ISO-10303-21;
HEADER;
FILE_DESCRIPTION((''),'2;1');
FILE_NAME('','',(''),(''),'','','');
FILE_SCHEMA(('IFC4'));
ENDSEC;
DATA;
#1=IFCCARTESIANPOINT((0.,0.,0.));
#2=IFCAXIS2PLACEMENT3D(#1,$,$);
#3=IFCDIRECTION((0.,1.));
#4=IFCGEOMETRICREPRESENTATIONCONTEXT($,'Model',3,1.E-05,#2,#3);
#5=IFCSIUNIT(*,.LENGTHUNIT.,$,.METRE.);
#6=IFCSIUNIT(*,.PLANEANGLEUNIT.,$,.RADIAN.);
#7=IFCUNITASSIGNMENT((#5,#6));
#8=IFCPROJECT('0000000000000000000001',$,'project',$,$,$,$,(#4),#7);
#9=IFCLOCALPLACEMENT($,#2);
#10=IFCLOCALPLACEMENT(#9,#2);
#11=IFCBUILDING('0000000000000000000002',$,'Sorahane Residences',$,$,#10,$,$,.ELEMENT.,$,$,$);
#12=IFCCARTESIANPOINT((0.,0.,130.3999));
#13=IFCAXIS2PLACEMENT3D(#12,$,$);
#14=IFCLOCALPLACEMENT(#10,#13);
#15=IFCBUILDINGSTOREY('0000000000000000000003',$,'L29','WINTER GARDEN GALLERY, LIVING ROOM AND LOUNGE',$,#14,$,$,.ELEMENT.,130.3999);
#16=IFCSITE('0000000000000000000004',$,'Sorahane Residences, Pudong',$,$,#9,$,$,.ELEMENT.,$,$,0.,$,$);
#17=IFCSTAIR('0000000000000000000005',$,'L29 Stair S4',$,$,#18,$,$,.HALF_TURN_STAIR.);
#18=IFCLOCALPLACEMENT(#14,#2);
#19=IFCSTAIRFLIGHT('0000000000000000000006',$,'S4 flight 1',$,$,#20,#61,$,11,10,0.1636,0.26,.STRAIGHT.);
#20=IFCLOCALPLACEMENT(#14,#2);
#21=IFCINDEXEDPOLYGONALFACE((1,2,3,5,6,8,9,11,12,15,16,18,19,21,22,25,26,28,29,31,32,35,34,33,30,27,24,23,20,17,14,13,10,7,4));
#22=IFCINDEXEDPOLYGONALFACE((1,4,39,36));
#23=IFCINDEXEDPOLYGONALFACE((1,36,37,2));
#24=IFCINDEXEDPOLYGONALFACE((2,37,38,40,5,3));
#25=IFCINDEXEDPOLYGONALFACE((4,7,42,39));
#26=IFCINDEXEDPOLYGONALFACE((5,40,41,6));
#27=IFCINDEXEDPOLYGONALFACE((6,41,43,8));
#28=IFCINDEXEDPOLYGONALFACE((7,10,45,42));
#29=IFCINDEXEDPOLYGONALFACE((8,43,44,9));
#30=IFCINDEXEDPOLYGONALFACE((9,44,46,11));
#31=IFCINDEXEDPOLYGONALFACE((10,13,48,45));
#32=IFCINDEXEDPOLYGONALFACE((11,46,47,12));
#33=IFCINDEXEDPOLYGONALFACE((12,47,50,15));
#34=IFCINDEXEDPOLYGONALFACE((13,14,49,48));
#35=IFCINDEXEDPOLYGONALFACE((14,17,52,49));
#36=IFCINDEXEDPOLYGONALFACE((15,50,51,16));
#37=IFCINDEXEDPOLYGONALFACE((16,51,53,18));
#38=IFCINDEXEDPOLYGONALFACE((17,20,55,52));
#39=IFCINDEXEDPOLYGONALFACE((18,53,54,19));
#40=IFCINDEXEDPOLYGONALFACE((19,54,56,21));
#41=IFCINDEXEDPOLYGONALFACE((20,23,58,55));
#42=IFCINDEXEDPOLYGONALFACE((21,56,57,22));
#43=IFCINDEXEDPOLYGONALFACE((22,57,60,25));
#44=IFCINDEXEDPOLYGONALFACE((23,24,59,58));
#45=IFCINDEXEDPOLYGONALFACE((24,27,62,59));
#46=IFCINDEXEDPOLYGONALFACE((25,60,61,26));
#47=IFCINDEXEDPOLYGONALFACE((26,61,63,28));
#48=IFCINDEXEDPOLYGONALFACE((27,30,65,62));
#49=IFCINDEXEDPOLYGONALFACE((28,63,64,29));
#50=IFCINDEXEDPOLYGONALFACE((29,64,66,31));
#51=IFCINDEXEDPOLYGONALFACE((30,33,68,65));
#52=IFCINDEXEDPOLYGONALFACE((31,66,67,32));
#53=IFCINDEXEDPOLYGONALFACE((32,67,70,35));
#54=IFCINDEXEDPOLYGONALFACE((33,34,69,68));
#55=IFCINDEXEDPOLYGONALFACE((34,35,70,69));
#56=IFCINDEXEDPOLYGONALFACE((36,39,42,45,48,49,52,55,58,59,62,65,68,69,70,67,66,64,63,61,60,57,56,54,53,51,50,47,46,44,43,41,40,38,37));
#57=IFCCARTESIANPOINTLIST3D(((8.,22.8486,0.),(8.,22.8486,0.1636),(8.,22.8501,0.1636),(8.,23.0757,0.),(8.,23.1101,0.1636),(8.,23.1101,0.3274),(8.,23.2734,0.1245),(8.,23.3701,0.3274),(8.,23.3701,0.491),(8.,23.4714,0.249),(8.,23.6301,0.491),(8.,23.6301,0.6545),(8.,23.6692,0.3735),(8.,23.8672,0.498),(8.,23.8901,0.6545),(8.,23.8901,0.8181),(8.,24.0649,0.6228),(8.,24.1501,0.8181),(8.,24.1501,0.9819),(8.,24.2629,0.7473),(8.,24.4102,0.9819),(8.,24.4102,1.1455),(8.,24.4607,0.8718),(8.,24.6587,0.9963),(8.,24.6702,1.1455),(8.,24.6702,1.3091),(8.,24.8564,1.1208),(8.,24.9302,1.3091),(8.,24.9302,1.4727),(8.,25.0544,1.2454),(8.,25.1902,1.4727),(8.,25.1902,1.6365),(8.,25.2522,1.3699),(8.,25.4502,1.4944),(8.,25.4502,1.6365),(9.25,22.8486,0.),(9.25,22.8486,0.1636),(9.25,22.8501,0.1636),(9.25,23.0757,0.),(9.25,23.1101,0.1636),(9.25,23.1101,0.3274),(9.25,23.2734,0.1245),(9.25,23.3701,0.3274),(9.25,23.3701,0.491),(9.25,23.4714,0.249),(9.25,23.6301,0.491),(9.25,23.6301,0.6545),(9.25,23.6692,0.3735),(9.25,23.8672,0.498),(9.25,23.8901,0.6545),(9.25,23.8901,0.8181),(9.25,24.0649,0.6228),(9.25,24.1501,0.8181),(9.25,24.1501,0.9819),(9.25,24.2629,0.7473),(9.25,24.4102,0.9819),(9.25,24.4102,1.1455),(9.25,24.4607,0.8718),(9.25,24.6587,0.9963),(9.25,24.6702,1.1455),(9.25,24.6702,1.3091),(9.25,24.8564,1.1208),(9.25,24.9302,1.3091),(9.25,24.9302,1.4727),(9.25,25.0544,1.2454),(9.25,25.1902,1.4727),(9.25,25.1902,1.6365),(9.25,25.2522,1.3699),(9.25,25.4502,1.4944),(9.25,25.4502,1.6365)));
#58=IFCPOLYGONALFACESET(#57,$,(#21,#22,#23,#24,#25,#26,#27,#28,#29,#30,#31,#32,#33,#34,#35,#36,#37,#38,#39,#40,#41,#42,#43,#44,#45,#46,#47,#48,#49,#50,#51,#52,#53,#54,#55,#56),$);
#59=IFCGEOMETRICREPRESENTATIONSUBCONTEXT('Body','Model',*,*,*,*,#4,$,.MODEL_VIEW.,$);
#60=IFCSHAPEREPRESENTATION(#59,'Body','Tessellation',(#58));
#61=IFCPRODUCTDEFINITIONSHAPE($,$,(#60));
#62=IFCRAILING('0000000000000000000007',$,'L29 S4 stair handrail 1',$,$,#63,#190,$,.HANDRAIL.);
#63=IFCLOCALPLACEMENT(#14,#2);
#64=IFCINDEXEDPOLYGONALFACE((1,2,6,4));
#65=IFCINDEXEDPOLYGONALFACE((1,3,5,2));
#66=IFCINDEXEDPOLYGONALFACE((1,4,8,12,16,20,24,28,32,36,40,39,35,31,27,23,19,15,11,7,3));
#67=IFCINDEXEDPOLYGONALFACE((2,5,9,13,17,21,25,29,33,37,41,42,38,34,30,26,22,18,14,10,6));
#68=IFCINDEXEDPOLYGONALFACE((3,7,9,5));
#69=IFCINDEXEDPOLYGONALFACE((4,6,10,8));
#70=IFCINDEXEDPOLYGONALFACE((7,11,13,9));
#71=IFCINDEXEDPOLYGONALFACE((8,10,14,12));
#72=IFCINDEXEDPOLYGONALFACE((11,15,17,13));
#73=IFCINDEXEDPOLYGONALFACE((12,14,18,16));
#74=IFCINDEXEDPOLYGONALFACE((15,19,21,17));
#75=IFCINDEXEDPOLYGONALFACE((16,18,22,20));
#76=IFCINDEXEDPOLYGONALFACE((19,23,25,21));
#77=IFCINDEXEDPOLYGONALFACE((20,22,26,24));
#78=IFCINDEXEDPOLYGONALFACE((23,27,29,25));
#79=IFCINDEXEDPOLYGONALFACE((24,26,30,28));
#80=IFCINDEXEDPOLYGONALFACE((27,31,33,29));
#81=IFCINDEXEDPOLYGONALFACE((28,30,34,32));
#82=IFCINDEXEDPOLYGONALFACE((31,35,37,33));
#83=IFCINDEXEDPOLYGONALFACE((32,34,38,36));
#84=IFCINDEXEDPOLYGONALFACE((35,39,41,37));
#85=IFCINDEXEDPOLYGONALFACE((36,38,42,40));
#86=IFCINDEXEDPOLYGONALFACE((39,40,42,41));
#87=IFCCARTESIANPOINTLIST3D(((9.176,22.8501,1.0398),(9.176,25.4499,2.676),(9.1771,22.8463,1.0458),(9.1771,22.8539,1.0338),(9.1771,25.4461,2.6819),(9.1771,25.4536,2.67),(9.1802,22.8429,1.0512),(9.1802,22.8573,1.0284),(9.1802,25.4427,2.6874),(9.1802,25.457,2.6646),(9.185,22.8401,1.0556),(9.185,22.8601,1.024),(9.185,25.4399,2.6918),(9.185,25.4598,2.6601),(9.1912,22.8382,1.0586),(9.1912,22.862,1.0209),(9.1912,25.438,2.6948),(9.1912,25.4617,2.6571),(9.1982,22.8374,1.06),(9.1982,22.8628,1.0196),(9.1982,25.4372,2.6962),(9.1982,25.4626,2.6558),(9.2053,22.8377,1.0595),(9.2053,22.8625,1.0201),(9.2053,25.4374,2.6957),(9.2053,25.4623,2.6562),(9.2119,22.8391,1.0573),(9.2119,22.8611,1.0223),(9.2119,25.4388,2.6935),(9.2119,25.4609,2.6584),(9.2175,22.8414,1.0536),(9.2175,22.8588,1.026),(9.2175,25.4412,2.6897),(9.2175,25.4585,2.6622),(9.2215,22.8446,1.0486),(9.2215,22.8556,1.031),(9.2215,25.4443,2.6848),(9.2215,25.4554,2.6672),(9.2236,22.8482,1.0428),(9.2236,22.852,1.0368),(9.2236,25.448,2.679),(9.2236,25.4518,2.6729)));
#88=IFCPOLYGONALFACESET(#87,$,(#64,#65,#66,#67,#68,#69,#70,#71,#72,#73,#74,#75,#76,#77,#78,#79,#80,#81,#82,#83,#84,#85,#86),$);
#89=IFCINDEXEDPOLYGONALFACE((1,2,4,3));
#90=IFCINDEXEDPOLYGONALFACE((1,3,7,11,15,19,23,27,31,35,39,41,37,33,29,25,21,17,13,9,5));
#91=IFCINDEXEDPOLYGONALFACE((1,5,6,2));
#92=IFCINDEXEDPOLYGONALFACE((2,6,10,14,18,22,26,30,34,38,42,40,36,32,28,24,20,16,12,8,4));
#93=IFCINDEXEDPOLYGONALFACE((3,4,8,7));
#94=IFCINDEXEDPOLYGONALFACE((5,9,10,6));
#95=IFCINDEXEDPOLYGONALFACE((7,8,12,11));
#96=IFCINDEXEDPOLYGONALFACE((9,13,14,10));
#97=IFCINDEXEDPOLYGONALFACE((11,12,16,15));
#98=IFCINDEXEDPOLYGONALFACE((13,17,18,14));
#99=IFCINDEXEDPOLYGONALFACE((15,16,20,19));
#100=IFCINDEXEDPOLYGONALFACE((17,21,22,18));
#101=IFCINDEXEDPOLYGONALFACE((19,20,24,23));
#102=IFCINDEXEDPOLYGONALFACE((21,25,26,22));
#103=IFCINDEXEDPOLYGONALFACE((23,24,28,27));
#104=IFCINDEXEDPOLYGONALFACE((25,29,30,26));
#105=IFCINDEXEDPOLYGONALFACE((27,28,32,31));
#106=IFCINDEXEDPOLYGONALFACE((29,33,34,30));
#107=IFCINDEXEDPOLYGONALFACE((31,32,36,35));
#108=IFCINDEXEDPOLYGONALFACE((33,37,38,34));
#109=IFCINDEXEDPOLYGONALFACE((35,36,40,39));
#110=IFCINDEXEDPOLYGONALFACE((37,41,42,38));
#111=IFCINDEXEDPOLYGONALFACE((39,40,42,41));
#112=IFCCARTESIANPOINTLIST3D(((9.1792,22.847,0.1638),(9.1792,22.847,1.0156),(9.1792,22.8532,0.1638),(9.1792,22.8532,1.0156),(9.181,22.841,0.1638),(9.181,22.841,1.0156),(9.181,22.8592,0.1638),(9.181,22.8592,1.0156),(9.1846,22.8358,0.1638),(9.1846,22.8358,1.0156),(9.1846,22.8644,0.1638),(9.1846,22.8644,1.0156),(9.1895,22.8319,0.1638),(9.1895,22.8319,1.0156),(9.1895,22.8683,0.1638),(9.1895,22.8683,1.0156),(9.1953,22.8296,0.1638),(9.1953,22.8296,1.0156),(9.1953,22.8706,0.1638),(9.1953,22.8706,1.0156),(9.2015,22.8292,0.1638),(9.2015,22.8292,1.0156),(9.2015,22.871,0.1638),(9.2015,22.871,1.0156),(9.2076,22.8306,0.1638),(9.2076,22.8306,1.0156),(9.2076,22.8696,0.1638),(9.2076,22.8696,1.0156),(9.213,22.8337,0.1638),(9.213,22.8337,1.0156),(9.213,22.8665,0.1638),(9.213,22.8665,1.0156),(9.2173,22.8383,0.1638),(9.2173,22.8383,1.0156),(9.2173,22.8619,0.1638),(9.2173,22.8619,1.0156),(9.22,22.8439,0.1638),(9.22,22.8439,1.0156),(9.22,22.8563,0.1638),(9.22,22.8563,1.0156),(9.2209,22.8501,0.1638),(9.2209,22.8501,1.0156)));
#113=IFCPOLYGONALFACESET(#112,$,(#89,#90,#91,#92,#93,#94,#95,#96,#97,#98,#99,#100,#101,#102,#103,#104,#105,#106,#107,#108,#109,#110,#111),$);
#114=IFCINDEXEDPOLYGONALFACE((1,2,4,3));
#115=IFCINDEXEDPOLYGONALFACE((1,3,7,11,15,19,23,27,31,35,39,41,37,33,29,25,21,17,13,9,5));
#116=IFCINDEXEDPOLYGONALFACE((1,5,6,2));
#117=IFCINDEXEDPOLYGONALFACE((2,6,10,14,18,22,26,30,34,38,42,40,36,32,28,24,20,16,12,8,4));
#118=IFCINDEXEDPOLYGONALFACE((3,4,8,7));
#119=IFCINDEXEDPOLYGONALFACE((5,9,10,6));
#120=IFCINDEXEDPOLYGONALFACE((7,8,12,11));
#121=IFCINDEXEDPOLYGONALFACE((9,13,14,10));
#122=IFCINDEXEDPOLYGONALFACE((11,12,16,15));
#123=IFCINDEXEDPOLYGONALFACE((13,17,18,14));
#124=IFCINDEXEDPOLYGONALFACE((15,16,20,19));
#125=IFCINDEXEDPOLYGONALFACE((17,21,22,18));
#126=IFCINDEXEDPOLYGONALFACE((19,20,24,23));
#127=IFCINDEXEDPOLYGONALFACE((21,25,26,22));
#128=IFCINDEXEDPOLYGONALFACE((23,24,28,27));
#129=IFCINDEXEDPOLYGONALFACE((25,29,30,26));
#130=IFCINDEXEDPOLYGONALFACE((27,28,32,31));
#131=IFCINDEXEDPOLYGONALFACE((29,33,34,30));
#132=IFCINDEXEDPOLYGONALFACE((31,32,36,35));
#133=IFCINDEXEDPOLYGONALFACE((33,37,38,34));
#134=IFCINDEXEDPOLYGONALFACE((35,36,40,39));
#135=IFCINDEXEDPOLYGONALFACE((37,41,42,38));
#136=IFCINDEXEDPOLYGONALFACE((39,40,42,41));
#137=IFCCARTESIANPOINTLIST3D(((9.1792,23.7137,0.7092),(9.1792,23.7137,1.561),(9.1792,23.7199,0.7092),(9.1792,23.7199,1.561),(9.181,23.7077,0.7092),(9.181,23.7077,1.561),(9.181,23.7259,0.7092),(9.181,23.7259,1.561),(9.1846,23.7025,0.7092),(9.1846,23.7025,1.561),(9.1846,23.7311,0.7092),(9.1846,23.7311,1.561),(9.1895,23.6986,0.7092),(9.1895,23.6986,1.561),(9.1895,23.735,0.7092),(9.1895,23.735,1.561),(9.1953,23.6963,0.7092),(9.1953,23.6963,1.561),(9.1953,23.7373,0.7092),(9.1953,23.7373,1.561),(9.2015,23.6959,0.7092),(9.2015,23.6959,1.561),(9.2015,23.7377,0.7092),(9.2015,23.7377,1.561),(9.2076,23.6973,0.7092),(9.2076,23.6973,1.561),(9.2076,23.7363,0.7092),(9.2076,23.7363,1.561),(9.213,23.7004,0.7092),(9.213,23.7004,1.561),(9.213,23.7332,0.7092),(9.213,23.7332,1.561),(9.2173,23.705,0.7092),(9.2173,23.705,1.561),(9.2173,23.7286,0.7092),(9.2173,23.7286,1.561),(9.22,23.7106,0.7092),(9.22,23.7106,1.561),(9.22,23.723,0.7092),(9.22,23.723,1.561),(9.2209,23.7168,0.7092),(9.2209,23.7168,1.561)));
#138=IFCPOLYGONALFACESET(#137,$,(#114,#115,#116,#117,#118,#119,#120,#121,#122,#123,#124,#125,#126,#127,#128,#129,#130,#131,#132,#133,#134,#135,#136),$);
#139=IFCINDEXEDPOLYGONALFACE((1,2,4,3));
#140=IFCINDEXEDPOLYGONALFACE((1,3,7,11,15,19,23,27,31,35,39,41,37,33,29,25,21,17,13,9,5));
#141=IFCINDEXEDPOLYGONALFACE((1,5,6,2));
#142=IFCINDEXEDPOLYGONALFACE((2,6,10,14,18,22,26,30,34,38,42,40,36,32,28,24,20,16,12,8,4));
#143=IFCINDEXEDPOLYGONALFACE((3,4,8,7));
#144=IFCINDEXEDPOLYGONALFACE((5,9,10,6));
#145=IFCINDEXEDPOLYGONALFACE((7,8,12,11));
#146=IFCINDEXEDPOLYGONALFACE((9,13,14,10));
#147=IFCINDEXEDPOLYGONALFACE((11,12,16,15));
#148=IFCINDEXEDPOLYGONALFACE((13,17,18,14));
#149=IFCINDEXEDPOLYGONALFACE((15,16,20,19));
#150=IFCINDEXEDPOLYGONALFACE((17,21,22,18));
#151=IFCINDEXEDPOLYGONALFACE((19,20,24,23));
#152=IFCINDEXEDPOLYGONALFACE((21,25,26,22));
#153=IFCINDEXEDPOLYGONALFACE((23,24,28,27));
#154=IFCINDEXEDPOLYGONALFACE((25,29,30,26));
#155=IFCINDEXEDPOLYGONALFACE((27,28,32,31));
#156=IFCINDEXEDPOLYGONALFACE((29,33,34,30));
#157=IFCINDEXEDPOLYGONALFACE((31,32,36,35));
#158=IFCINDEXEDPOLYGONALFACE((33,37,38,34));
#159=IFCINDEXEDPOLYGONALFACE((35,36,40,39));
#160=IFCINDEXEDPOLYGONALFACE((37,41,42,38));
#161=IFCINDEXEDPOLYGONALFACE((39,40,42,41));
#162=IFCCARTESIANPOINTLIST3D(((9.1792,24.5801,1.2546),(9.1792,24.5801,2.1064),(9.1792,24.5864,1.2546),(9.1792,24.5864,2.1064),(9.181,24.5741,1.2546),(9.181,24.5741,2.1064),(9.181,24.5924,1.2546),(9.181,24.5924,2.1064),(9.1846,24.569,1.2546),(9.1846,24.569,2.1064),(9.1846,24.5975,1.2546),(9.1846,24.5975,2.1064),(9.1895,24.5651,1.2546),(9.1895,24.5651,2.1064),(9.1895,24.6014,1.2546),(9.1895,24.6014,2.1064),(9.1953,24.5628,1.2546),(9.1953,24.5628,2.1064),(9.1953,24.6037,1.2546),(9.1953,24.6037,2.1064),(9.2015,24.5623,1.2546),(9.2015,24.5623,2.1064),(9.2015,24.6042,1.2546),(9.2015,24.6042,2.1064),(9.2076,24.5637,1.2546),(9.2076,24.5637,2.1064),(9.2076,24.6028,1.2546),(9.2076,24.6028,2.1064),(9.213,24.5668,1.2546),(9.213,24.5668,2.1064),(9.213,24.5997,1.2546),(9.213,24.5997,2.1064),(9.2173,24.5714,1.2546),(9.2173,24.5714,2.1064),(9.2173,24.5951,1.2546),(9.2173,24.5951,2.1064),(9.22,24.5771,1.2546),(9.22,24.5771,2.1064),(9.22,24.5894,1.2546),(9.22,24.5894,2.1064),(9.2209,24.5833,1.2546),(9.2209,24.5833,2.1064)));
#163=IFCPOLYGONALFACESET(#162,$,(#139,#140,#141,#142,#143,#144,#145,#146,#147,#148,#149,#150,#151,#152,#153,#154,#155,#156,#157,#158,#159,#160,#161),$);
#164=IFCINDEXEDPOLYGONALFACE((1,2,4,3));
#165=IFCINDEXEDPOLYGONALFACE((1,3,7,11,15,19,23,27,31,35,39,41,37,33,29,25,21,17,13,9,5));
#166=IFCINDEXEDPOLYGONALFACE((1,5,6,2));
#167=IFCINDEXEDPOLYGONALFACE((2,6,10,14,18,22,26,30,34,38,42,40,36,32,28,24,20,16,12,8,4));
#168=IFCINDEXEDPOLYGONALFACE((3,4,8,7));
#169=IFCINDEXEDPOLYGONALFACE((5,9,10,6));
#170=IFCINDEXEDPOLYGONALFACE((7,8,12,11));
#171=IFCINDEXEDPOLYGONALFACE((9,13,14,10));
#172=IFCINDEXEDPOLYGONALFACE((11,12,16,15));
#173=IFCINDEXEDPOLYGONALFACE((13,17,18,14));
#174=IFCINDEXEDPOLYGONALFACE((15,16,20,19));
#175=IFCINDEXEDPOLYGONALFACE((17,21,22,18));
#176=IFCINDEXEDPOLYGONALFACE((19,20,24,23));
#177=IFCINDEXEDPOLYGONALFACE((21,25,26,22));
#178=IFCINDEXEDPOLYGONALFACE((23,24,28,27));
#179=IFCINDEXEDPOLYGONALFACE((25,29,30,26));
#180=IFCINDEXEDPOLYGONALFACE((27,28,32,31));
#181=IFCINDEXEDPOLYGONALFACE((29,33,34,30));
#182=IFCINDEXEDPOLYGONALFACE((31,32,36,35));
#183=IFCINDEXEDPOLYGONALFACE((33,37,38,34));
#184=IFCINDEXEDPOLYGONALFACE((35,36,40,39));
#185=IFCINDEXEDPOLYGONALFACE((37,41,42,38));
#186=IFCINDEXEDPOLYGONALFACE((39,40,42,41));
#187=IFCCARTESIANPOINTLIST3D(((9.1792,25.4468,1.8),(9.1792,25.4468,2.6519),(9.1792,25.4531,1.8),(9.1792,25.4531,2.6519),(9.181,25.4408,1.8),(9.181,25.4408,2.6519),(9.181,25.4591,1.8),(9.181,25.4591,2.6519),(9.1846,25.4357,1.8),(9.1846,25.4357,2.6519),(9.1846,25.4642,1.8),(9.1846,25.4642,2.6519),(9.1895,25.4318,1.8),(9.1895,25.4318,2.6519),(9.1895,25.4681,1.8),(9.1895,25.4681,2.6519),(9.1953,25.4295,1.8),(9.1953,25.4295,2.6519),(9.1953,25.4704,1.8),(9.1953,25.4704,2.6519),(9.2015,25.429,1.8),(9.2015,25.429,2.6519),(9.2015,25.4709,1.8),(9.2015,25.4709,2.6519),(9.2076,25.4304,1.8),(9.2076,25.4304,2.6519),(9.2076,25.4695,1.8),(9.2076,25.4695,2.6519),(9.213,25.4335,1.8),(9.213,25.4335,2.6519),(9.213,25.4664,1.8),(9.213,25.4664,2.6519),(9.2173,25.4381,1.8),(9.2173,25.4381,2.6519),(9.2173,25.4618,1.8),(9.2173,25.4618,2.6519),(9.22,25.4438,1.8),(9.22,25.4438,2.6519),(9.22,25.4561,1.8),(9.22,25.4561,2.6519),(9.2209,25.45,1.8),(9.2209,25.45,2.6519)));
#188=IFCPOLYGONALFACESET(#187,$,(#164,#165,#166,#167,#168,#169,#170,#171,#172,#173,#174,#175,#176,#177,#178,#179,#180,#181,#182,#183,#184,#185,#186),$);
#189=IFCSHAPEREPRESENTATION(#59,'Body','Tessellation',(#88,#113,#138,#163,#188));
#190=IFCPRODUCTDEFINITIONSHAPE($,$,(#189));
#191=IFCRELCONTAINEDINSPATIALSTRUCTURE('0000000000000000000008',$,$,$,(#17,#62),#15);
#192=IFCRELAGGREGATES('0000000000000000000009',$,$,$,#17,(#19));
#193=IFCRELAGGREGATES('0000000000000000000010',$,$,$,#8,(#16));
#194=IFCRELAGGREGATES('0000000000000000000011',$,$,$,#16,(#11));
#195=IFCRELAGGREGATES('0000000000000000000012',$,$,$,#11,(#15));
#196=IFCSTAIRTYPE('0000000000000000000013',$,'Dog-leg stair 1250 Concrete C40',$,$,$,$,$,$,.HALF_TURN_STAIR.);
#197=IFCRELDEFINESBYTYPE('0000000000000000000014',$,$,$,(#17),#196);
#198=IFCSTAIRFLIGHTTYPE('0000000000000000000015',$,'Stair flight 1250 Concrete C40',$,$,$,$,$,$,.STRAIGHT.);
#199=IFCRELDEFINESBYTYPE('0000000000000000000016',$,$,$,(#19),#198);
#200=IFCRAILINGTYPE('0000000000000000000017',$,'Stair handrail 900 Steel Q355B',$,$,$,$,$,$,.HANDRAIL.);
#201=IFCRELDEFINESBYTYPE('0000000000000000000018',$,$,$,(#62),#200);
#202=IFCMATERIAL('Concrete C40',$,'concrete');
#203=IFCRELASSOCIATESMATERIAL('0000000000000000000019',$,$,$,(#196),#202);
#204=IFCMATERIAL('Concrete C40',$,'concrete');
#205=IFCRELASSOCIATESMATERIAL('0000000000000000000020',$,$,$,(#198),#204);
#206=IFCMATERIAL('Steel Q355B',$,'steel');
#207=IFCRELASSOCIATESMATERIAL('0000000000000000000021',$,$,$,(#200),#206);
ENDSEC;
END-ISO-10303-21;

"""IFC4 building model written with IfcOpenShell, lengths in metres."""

from ifc_helpers import new_model, si_unit, direction, frame, origin, origin_2d, place, context, subcontext, project, spatial, polyline, circle, outline, extrude, material, type_object, element, aggregate, save


model = new_model("IFC4")

# Units and contexts
model_context = context("Model", 3, precision=1e-05, world=origin(), true_north=direction((0.0, 1.0)))
body_context = subcontext(model_context, "Body", "Model", "MODEL_VIEW")
ifc_project = project(units=[si_unit("LENGTHUNIT", "METRE"), si_unit("PLANEANGLEUNIT", "RADIAN")], contexts=[model_context])

# Site, building, storey
site_placement = place(None, origin())
site = spatial("IfcSite", under=ifc_project, at=site_placement, Name="Sorahane Residences, Pudong", CompositionType="ELEMENT", RefElevation=0.0)
building_placement = place(site_placement, origin())
building = spatial("IfcBuilding", under=site, at=building_placement, Name="Sorahane Residences", CompositionType="ELEMENT")
storey_placement = place(building_placement, frame((0.0, 0.0, 130.3999)))
storey = spatial("IfcBuildingStorey", under=building, at=storey_placement, Name="L29", Description="WINTER GARDEN GALLERY, LIVING ROOM AND LOUNGE", CompositionType="ELEMENT", Elevation=130.3999)

# Stair, stair flight
ifc_material_1 = material(Name="Concrete C40", Category="concrete")
stair_type = type_object("IfcStairType", Name="Dog-leg stair 1250 Concrete C40", PredefinedType="HALF_TURN_STAIR", material=ifc_material_1)
stair_placement = place(storey_placement, origin())
stair = element("IfcStair", 1, at=stair_placement, inside=storey, type_object=stair_type, Name="L29 Stair S4", PredefinedType="HALF_TURN_STAIR")
ifc_material_2 = material(Name="Concrete C40", Category="concrete")
stair_flight_type = type_object("IfcStairFlightType", Name="Stair flight 1250 Concrete C40", PredefinedType="STRAIGHT", material=ifc_material_2)
stair_flight_placement = place(storey_placement, frame((8.625, 22.8501, 0.0), z_axis=(0.0, 0.0, 1.0), x_axis=(0.0, 1.0, 0.0)))
stair_flight = element("IfcStairFlight", 2, at=stair_flight_placement, type_object=stair_flight_type, Name="S4 flight 1", NumberOfRisers=11, NumberOfTreads=10, PredefinedType="STRAIGHT", RiserHeight=0.1636, TreadLength=0.26, context=body_context, shape_type="SweptSolid", body=[
    extrude(outline(polyline([(-0.0015, 0.0), (-0.0015, 0.1636), (0.0, 0.1636), (0.26, 0.1636), (0.26, 0.3274), (0.52, 0.3274), (0.52, 0.491), (0.78, 0.491), (0.78, 0.6545), (1.04, 0.6545), (1.04, 0.8181), (1.3, 0.8181), (1.3, 0.9819), (1.5601, 0.9819), (1.5601, 1.1455), (1.8201, 1.1455), (1.8201, 1.3091), (2.0801, 1.3091), (2.0801, 1.4727), (2.3401, 1.4727), (2.3401, 1.6365), (2.6001, 1.6365), (2.6001, 1.8), (2.6001, 1.4944), (2.4021, 1.3699), (2.2043, 1.2454), (2.0063, 1.1208), (1.8086, 0.9963), (1.6106, 0.8718), (1.4128, 0.7473), (1.2148, 0.6228), (1.0171, 0.498), (0.8191, 0.3735), (0.6213, 0.249), (0.4233, 0.1245), (0.2256, 0.0), (-0.0015, 0.0)])), frame((0.0, 0.625, 0.0), z_axis=(0.0, -1.0, 0.0), x_axis=(1.0, 0.0, 0.0)), (0.0, 0.0, 1.0), 1.25),
])
aggregate(stair, [stair_flight])

# Railing
ifc_material_3 = material(Name="Steel Q355B", Category="steel")
railing_type_1 = type_object("IfcRailingType", Name="Stair handrail 900 Steel Q355B", PredefinedType="HANDRAIL", material=ifc_material_3)
railing_1_placement = place(storey_placement, frame((9.2, 22.8501, 0.1638)))
element("IfcRailing", 3, at=railing_1_placement, inside=storey, type_object=railing_type_1, Name="L29 S4 stair handrail 1", PredefinedType="HANDRAIL", context=body_context, shape_type="SweptSolid", body=[
    extrude(circle(Radius=0.0239, at=origin_2d()), frame((0.0, 0.0, 0.876), z_axis=(0.0, 0.846338, 0.532647), x_axis=(-1.0, 0.0, 0.0)), (0.0, 0.0, 1.0), 3.0718),
    extrude(circle(Radius=0.021, at=origin_2d()), origin(), (0.0, 0.0, 1.0), 0.8518),
    extrude(circle(Radius=0.021, at=origin_2d()), frame((0.0, 0.8667, 0.5454)), (0.0, 0.0, 1.0), 0.8518),
    extrude(circle(Radius=0.021, at=origin_2d()), frame((0.0, 1.7332, 1.0908)), (0.0, 0.0, 1.0), 0.8518),
    extrude(circle(Radius=0.021, at=origin_2d()), frame((0.0, 2.5999, 1.6362)), (0.0, 0.0, 1.0), 0.8518),
])

save(model, "model.ifc")
